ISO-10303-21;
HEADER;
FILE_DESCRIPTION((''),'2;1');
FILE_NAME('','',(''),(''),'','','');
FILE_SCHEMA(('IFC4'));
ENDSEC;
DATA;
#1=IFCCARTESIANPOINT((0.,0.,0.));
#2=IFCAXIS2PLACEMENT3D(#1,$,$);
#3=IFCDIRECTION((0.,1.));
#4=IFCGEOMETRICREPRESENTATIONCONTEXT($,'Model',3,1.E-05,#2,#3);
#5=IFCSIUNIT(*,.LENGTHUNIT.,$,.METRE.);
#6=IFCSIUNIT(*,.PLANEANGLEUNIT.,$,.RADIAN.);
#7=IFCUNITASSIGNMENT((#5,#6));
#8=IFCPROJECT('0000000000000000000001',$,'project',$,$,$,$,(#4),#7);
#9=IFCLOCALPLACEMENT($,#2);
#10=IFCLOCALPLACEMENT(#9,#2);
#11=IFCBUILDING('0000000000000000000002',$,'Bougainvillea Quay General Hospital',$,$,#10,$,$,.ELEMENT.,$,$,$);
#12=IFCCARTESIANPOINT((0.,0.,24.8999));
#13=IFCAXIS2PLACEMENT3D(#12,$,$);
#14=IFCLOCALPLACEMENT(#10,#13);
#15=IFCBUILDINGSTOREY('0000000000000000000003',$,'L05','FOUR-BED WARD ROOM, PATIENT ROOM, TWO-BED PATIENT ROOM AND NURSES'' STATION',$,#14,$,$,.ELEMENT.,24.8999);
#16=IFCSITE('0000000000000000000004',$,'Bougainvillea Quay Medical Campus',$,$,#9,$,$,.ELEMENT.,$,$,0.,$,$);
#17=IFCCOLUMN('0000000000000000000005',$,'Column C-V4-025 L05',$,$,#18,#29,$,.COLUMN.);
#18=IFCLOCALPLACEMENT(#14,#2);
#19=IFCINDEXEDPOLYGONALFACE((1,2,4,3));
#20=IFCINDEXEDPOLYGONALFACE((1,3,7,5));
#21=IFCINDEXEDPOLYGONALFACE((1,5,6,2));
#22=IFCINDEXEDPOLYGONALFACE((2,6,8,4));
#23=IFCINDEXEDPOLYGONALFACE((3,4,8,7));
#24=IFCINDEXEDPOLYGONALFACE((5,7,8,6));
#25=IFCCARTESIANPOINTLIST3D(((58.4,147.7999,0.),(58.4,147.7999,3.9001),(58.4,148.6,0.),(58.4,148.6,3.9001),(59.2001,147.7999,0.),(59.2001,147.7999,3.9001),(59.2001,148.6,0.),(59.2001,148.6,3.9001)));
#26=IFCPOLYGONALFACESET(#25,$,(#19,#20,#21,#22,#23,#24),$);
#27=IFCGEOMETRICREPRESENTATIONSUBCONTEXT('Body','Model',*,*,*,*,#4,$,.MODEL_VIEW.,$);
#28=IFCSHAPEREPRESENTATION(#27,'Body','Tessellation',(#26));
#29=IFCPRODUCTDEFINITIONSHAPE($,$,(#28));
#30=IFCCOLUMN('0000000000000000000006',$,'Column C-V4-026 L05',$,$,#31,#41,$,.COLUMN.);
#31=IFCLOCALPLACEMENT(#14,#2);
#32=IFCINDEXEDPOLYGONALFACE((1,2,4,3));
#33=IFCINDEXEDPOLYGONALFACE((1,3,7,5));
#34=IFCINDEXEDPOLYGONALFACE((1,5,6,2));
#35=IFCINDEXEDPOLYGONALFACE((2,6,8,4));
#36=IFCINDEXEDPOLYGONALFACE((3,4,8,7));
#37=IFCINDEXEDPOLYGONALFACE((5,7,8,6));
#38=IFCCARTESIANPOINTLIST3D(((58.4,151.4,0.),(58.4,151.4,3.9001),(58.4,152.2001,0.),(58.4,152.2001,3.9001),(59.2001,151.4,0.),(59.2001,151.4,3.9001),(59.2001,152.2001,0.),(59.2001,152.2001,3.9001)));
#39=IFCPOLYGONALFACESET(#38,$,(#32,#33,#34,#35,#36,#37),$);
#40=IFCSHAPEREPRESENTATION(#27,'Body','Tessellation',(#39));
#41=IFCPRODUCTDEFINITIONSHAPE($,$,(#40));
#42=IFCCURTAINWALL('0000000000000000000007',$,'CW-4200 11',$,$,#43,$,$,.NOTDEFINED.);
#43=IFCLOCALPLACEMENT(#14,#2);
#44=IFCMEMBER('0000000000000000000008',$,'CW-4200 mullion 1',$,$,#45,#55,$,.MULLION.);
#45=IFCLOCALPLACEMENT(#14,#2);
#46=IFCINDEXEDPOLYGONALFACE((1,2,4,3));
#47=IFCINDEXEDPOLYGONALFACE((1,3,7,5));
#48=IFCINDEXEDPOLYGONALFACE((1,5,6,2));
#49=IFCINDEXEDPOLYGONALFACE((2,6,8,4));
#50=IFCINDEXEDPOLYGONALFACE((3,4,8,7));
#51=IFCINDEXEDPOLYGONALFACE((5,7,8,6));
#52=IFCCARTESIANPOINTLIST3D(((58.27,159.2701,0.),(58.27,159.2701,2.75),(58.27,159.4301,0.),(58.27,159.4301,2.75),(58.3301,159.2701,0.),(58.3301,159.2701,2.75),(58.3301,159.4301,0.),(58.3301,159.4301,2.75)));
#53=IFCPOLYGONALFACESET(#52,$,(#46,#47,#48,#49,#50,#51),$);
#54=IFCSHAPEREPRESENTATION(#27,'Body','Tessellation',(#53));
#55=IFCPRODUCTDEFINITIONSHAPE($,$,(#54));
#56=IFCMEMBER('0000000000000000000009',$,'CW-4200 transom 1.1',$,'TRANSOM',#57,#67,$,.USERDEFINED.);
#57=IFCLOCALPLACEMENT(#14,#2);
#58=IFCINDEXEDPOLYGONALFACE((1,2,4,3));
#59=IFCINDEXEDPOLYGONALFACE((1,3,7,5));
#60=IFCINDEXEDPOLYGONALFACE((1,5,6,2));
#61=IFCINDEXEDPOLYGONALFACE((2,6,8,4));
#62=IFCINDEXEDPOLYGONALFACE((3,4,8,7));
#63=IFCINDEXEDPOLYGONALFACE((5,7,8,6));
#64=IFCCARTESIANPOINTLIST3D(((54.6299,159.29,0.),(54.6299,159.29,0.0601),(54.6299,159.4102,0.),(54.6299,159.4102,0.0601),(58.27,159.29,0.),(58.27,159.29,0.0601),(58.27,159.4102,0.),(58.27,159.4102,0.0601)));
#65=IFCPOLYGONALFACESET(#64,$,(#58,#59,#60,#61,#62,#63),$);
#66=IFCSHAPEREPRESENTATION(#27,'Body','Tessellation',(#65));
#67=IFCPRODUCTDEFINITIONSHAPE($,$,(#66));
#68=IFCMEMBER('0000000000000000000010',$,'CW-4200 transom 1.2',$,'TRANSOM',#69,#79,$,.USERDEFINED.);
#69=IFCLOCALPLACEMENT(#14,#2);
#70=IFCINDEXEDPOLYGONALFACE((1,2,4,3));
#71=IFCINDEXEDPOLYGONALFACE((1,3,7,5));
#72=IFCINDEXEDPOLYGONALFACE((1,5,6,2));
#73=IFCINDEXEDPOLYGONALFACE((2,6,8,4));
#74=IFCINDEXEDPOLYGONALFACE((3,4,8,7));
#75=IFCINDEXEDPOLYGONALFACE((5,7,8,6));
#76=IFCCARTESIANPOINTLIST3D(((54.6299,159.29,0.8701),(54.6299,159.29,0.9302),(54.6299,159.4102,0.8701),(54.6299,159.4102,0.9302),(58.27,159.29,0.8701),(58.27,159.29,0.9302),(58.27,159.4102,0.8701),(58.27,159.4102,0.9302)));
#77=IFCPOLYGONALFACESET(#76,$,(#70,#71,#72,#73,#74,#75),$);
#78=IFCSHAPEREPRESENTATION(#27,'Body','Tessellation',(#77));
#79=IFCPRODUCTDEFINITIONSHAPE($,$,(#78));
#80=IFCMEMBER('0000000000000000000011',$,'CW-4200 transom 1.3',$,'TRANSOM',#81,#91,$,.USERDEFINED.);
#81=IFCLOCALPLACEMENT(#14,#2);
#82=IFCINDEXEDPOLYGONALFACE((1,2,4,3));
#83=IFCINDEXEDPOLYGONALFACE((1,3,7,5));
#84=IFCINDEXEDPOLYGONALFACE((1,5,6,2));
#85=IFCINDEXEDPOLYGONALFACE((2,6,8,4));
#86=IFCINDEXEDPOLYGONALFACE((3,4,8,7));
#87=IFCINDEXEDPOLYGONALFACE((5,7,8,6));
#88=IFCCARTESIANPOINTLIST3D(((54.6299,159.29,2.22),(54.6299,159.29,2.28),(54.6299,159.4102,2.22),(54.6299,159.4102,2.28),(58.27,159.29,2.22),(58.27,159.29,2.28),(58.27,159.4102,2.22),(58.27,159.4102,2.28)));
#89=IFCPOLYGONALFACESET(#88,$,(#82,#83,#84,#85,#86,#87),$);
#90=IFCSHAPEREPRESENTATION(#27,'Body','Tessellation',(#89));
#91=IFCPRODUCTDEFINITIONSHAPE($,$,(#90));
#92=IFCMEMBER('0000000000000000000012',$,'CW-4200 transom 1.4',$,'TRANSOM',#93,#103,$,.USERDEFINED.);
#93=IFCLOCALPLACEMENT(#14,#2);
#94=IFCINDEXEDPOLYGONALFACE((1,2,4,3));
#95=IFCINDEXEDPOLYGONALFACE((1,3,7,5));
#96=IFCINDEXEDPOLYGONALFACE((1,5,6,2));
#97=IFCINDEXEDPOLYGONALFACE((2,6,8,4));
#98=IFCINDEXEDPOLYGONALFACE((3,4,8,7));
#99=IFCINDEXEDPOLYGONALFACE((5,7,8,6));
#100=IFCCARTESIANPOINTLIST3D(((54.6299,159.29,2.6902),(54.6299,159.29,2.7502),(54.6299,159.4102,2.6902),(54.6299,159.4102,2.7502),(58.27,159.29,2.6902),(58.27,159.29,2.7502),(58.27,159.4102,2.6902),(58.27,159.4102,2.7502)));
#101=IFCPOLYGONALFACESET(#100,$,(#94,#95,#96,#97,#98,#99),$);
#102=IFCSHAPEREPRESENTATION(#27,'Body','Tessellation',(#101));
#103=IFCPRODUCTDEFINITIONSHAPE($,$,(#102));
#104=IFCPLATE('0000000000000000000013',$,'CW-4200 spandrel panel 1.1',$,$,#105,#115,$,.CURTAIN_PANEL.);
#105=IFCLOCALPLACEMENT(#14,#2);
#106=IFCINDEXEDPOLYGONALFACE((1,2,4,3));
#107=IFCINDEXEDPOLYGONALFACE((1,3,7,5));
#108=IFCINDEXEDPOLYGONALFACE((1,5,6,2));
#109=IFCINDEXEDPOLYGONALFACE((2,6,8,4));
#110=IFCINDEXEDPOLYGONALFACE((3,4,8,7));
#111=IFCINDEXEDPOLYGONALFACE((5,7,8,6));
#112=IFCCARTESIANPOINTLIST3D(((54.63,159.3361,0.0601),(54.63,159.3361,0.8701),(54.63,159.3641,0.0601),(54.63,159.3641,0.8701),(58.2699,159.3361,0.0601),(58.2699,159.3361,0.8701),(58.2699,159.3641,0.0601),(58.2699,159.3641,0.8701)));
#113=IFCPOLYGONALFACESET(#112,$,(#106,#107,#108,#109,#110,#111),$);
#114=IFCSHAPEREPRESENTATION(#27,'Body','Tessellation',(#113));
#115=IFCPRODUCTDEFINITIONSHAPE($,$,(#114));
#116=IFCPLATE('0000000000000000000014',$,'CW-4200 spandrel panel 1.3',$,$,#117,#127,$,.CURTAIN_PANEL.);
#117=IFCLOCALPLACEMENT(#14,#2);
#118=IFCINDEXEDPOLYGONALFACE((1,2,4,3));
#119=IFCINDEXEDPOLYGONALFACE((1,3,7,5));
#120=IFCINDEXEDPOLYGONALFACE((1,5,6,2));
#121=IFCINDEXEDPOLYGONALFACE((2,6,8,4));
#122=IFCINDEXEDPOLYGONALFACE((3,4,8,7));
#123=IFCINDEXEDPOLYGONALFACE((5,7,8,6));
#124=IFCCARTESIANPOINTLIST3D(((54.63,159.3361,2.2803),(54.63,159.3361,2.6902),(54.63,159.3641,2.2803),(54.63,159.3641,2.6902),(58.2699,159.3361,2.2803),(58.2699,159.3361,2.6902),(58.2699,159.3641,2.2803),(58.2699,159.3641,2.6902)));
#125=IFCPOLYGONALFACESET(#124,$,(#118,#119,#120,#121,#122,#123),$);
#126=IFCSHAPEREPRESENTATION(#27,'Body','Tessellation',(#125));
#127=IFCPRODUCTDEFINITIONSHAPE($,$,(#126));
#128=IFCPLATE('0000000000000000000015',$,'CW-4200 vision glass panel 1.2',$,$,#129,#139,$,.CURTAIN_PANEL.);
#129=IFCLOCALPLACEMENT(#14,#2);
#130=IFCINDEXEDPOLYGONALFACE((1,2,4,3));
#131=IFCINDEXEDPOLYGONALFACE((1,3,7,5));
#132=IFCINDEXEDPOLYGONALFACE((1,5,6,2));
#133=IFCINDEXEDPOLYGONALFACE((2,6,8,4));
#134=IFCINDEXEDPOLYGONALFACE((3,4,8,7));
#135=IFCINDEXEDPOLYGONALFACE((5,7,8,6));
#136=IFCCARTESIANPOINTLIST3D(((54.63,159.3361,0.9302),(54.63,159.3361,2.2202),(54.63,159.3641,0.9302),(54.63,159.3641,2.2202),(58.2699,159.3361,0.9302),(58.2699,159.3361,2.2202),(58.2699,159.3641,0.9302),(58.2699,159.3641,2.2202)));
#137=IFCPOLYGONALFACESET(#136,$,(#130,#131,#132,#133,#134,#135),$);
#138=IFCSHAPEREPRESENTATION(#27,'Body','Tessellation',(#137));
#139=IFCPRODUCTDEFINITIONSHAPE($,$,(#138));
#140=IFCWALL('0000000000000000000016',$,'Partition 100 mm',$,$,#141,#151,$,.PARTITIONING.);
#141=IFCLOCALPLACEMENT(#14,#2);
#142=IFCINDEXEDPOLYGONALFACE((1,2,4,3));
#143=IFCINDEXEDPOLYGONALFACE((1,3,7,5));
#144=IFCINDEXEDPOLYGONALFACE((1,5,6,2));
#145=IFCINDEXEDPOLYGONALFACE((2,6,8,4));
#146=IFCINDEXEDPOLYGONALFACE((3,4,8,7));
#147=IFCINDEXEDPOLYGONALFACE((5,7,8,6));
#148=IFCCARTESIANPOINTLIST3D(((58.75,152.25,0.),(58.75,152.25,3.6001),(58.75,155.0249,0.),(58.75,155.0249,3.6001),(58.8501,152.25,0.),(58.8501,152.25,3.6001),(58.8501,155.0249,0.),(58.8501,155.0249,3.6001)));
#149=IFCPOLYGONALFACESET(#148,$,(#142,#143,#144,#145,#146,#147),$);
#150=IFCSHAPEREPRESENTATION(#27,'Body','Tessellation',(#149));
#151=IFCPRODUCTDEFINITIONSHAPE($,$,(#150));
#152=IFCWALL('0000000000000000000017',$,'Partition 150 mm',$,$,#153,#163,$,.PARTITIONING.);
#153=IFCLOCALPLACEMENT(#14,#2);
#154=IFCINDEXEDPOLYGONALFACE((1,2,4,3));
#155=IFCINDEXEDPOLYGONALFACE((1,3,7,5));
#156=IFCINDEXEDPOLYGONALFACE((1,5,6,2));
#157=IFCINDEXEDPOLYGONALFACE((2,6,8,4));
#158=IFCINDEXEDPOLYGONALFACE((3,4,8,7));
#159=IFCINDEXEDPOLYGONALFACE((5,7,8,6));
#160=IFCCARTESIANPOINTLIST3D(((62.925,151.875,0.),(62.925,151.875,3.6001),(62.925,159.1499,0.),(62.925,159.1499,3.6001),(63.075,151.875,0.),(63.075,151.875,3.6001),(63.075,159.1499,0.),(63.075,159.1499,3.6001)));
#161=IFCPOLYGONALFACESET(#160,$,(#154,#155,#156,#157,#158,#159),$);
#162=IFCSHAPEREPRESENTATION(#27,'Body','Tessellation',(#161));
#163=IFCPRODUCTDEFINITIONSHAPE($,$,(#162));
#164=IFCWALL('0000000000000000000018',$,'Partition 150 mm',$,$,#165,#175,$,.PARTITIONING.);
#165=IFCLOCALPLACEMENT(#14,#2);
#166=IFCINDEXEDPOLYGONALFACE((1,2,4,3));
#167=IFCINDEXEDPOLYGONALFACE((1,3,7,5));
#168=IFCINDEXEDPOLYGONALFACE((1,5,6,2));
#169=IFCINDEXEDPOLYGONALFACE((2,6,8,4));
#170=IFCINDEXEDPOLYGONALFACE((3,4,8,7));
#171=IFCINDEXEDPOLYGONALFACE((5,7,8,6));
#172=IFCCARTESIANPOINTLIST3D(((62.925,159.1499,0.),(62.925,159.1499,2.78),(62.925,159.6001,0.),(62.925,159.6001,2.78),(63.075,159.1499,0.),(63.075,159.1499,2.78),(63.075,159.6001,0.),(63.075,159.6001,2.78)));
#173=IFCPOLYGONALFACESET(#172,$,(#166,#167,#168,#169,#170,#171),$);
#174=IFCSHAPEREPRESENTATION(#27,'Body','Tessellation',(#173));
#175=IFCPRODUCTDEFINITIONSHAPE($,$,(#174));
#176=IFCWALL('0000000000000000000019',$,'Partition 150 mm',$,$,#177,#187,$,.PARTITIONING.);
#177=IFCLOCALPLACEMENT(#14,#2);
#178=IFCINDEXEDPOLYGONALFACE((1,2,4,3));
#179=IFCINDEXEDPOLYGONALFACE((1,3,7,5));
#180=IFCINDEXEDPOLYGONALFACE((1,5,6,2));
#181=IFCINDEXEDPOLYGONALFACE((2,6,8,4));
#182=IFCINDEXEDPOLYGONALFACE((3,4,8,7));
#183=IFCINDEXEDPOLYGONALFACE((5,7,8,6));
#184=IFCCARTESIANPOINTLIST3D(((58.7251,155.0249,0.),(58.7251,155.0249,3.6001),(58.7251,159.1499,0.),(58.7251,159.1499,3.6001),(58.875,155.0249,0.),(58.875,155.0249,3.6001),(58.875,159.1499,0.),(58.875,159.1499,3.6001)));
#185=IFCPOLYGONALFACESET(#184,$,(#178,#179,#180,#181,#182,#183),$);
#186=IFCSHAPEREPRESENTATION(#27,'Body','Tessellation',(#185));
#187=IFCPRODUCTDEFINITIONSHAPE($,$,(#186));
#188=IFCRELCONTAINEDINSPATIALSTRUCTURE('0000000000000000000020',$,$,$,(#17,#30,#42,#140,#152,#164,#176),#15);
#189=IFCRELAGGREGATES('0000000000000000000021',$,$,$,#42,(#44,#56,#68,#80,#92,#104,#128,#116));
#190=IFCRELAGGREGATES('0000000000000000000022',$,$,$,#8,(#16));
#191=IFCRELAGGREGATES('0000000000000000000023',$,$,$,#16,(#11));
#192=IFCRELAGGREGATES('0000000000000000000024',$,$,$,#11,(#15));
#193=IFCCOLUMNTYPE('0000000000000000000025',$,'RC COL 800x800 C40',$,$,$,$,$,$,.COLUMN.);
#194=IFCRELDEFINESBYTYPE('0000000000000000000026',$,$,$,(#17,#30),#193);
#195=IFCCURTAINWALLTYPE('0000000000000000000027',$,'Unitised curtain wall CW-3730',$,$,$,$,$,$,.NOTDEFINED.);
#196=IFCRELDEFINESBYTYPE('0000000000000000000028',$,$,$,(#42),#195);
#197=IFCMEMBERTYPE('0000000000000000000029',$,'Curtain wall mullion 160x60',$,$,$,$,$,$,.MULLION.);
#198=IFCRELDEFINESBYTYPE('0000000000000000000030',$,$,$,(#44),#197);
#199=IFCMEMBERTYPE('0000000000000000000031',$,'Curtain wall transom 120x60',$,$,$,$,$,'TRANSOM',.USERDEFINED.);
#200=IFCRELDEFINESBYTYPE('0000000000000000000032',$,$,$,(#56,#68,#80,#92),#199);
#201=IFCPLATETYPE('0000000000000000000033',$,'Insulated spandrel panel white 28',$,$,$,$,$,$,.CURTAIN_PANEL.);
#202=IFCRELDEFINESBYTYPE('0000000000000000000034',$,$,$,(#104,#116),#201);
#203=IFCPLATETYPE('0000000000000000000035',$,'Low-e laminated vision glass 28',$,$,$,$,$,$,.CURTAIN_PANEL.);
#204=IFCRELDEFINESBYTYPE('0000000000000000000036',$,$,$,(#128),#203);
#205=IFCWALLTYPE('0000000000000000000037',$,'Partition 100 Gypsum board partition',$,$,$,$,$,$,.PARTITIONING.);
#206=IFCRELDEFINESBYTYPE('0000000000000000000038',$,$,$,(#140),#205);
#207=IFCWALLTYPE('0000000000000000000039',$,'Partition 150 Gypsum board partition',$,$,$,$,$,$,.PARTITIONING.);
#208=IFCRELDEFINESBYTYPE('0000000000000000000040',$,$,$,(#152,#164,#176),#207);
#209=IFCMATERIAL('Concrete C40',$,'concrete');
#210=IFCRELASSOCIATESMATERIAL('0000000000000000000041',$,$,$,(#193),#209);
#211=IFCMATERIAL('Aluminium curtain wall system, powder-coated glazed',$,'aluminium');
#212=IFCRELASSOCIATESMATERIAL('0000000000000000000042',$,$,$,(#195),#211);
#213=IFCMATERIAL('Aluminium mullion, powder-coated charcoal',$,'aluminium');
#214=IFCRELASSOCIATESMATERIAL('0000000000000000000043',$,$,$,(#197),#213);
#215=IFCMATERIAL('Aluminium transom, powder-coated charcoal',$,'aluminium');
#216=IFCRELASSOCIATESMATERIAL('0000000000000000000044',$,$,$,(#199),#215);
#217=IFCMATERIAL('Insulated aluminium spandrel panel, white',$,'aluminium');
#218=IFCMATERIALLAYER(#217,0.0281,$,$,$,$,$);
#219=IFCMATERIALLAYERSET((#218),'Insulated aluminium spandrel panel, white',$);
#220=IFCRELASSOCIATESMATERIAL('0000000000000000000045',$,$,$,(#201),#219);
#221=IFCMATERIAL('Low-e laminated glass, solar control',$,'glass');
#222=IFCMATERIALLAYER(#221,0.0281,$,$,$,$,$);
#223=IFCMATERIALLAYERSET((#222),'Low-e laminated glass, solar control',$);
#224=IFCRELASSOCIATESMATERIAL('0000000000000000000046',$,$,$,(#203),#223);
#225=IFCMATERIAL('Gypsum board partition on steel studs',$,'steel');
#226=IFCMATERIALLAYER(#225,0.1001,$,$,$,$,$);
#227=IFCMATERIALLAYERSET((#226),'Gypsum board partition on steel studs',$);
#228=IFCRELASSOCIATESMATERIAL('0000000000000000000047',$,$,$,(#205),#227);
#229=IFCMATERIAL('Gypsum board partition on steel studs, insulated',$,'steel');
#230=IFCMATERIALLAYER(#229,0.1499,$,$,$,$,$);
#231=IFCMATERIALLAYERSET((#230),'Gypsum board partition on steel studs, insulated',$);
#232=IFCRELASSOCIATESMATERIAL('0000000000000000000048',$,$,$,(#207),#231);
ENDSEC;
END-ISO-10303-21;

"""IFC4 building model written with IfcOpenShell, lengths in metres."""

from ifc_helpers import new_model, si_unit, direction, frame, frame_2d, origin, origin_2d, place, context, subcontext, project, spatial, rectangle, extrude, material, layer, layer_set, material_profile, profile_set, type_object, element, aggregate, save


model = new_model("IFC4")

# Units and contexts
model_context = context("Model", 3, precision=1e-05, world=origin(), true_north=direction((0.0, 1.0)))
body_context = subcontext(model_context, "Body", "Model", "MODEL_VIEW")
ifc_project = project(units=[si_unit("LENGTHUNIT", "METRE"), si_unit("PLANEANGLEUNIT", "RADIAN")], contexts=[model_context])

# Site, building, storey
site_placement = place(None, origin())
site = spatial("IfcSite", under=ifc_project, at=site_placement, Name="Bougainvillea Quay Medical Campus", CompositionType="ELEMENT", RefElevation=0.0)
building_placement = place(site_placement, origin())
building = spatial("IfcBuilding", under=site, at=building_placement, Name="Bougainvillea Quay General Hospital", CompositionType="ELEMENT")
storey_placement = place(building_placement, frame((0.0, 0.0, 24.8999)))
storey = spatial("IfcBuildingStorey", under=building, at=storey_placement, Name="L05", Description="FOUR-BED WARD ROOM, PATIENT ROOM, TWO-BED PATIENT ROOM AND NURSES' STATION", CompositionType="ELEMENT", Elevation=24.8999)

# Columns
ifc_material_1 = material(Name="Concrete C40", Category="concrete")
ifc_material_profile_1 = material_profile(ifc_material_1, rectangle(XDim=0.8, YDim=0.8, at=origin_2d()))
ifc_profile_set_1 = profile_set([ifc_material_profile_1], Name="Concrete C40")
column_type = type_object("IfcColumnType", Name="RC COL 800x800 C40", PredefinedType="COLUMN", material=ifc_profile_set_1)
for number, where, z_axis, x_axis, name in (
    (1, (58.8, 148.2, 0.0), (0.0, 0.0, 1.0), (1.0, 0.0, 0.0), "Column C-V4-025 L05"),
    (2, (58.8, 151.8, 0.0), (0.0, 0.0, 1.0), (1.0, 0.0, 0.0), "Column C-V4-026 L05"),
):
    element("IfcColumn", number, at=place(storey_placement, frame(where, z_axis=z_axis, x_axis=x_axis)), inside=storey, type_object=column_type, Name=name, PredefinedType="COLUMN", context=body_context, shape_type="SweptSolid", body=[
        extrude(rectangle(XDim=0.8, YDim=0.8, at=origin_2d()), origin(), (0.0, 0.0, 1.0), 3.9001),
    ])

# Curtain wall, members, plates
ifc_material_2 = material(Name="Aluminium curtain wall system, powder-coated glazed", Category="aluminium")
curtain_wall_type = type_object("IfcCurtainWallType", Name="Unitised curtain wall CW-3730", PredefinedType="NOTDEFINED", material=ifc_material_2)
curtain_wall_placement = place(storey_placement, origin())
curtain_wall = element("IfcCurtainWall", 3, at=curtain_wall_placement, inside=storey, type_object=curtain_wall_type, Name="CW-4200 11", PredefinedType="NOTDEFINED")
ifc_material_3 = material(Name="Aluminium mullion, powder-coated charcoal", Category="aluminium")
ifc_material_profile_2 = material_profile(ifc_material_3, rectangle(XDim=0.1599, YDim=0.0601, at=origin_2d()))
ifc_profile_set_2 = profile_set([ifc_material_profile_2], Name="Aluminium mullion, powder-coated charcoal")
member_type_1 = type_object("IfcMemberType", Name="Curtain wall mullion 160x60", PredefinedType="MULLION", material=ifc_profile_set_2)
member_1_placement = place(storey_placement, frame((58.3, 159.3501, 0.0), z_axis=(0.0, 0.0, 1.0), x_axis=(0.0, -1.0, 0.0)))
member_1 = element("IfcMember", 4, at=member_1_placement, type_object=member_type_1, Name="CW-4200 mullion 1", PredefinedType="MULLION", context=body_context, shape_type="SweptSolid", body=[
    extrude(rectangle(XDim=0.1599, YDim=0.0601, at=origin_2d()), origin(), (0.0, 0.0, 1.0), 2.75),
])
ifc_material_4 = material(Name="Aluminium transom, powder-coated charcoal", Category="aluminium")
ifc_material_profile_3 = material_profile(ifc_material_4, rectangle(XDim=0.1201, YDim=0.0601, at=origin_2d()))
ifc_profile_set_3 = profile_set([ifc_material_profile_3], Name="Aluminium transom, powder-coated charcoal")
member_type_2 = type_object("IfcMemberType", Name="Curtain wall transom 120x60", ElementType="TRANSOM", PredefinedType="USERDEFINED", material=ifc_profile_set_3)
member_2_placement = place(storey_placement, frame((58.27, 159.3501, 0.03), z_axis=(-1.0, 0.0, 0.0), x_axis=(0.0, -1.0, 0.0)))
member_2 = element("IfcMember", 5, at=member_2_placement, type_object=member_type_2, Name="CW-4200 transom 1.1", ObjectType="TRANSOM", PredefinedType="USERDEFINED", context=body_context, shape_type="SweptSolid", body=[
    extrude(rectangle(XDim=0.1201, YDim=0.0601, at=origin_2d()), origin(), (0.0, 0.0, 1.0), 3.6401),
])
member_3_placement = place(storey_placement, frame((58.27, 159.3501, 0.9001), z_axis=(-1.0, 0.0, 0.0), x_axis=(0.0, -1.0, 0.0)))
member_3 = element("IfcMember", 6, at=member_3_placement, type_object=member_type_2, Name="CW-4200 transom 1.2", ObjectType="TRANSOM", PredefinedType="USERDEFINED", context=body_context, shape_type="SweptSolid", body=[
    extrude(rectangle(XDim=0.1201, YDim=0.0601, at=origin_2d()), origin(), (0.0, 0.0, 1.0), 3.6401),
])
member_4_placement = place(storey_placement, frame((58.27, 159.3501, 2.25), z_axis=(-1.0, 0.0, 0.0), x_axis=(0.0, -1.0, 0.0)))
member_4 = element("IfcMember", 7, at=member_4_placement, type_object=member_type_2, Name="CW-4200 transom 1.3", ObjectType="TRANSOM", PredefinedType="USERDEFINED", context=body_context, shape_type="SweptSolid", body=[
    extrude(rectangle(XDim=0.1201, YDim=0.0601, at=origin_2d()), origin(), (0.0, 0.0, 1.0), 3.6401),
])
member_5_placement = place(storey_placement, frame((58.27, 159.3501, 2.7202), z_axis=(-1.0, 0.0, 0.0), x_axis=(0.0, -1.0, 0.0)))
member_5 = element("IfcMember", 8, at=member_5_placement, type_object=member_type_2, Name="CW-4200 transom 1.4", ObjectType="TRANSOM", PredefinedType="USERDEFINED", context=body_context, shape_type="SweptSolid", body=[
    extrude(rectangle(XDim=0.1201, YDim=0.0601, at=origin_2d()), origin(), (0.0, 0.0, 1.0), 3.6401),
])
ifc_material_5 = material(Name="Insulated aluminium spandrel panel, white", Category="aluminium")
ifc_layer_1 = layer(ifc_material_5, 0.0281)
ifc_layer_set_1 = layer_set([ifc_layer_1], Name="Insulated aluminium spandrel panel, white")
plate_type_1 = type_object("IfcPlateType", Name="Insulated spandrel panel white 28", PredefinedType="CURTAIN_PANEL", material=ifc_layer_set_1)
plate_1_placement = place(storey_placement, frame((56.45, 159.3501, 0.0601), z_axis=(0.0, 0.0, 1.0), x_axis=(-1.0, 0.0, 0.0)))
plate_1 = element("IfcPlate", 9, at=plate_1_placement, type_object=plate_type_1, Name="CW-4200 spandrel panel 1.1", PredefinedType="CURTAIN_PANEL", context=body_context, shape_type="SweptSolid", body=[
    extrude(rectangle(XDim=3.6399, YDim=0.0281, at=origin_2d()), origin(), (0.0, 0.0, 1.0), 0.8101),
])
plate_2_placement = place(storey_placement, frame((56.45, 159.3501, 2.2803), z_axis=(0.0, 0.0, 1.0), x_axis=(-1.0, 0.0, 0.0)))
plate_2 = element("IfcPlate", 10, at=plate_2_placement, type_object=plate_type_1, Name="CW-4200 spandrel panel 1.3", PredefinedType="CURTAIN_PANEL", context=body_context, shape_type="SweptSolid", body=[
    extrude(rectangle(XDim=3.6399, YDim=0.0281, at=origin_2d()), origin(), (0.0, 0.0, 1.0), 0.4099),
])
ifc_material_6 = material(Name="Low-e laminated glass, solar control", Category="glass")
ifc_layer_2 = layer(ifc_material_6, 0.0281)
ifc_layer_set_2 = layer_set([ifc_layer_2], Name="Low-e laminated glass, solar control")
plate_type_2 = type_object("IfcPlateType", Name="Low-e laminated vision glass 28", PredefinedType="CURTAIN_PANEL", material=ifc_layer_set_2)
plate_3_placement = place(storey_placement, frame((56.45, 159.3501, 0.9302), z_axis=(0.0, 0.0, 1.0), x_axis=(-1.0, 0.0, 0.0)))
plate_3 = element("IfcPlate", 11, at=plate_3_placement, type_object=plate_type_2, Name="CW-4200 vision glass panel 1.2", PredefinedType="CURTAIN_PANEL", context=body_context, shape_type="SweptSolid", body=[
    extrude(rectangle(XDim=3.6399, YDim=0.0281, at=origin_2d()), origin(), (0.0, 0.0, 1.0), 1.29),
])
aggregate(curtain_wall, [member_1, member_2, member_3, member_4, member_5, plate_1, plate_3, plate_2])

# Walls
ifc_material_7 = material(Name="Gypsum board partition on steel studs", Category="steel")
ifc_layer_3 = layer(ifc_material_7, 0.1001)
ifc_layer_set_3 = layer_set([ifc_layer_3], Name="Gypsum board partition on steel studs")
wall_type_1 = type_object("IfcWallType", Name="Partition 100 Gypsum board partition", PredefinedType="PARTITIONING", material=ifc_layer_set_3)
wall_1_placement = place(storey_placement, frame((58.8, 152.25, 0.0), z_axis=(0.0, 0.0, 1.0), x_axis=(0.0, 1.0, 0.0)))
element("IfcWall", 12, at=wall_1_placement, inside=storey, type_object=wall_type_1, Name="Partition 100 mm", PredefinedType="PARTITIONING", context=body_context, shape_type="SweptSolid", body=[
    extrude(rectangle(XDim=2.7749, YDim=0.1001, at=frame_2d((1.3875, 0.0))), origin(), (0.0, 0.0, 1.0), 3.6001),
])
ifc_material_8 = material(Name="Gypsum board partition on steel studs, insulated", Category="steel")
ifc_layer_4 = layer(ifc_material_8, 0.1499)
ifc_layer_set_4 = layer_set([ifc_layer_4], Name="Gypsum board partition on steel studs, insulated")
wall_type_2 = type_object("IfcWallType", Name="Partition 150 Gypsum board partition", PredefinedType="PARTITIONING", material=ifc_layer_set_4)
wall_2_placement = place(storey_placement, frame((63.0, 151.875, 0.0), z_axis=(0.0, 0.0, 1.0), x_axis=(0.0, 1.0, 0.0)))
element("IfcWall", 13, at=wall_2_placement, inside=storey, type_object=wall_type_2, Name="Partition 150 mm", PredefinedType="PARTITIONING", context=body_context, shape_type="SweptSolid", body=[
    extrude(rectangle(XDim=7.2749, YDim=0.1499, at=frame_2d((3.6375, 0.0))), origin(), (0.0, 0.0, 1.0), 3.6001),
])
wall_3_placement = place(storey_placement, frame((63.0, 159.1499, 0.0), z_axis=(0.0, 0.0, 1.0), x_axis=(0.0, 1.0, 0.0)))
element("IfcWall", 14, at=wall_3_placement, inside=storey, type_object=wall_type_2, Name="Partition 150 mm", PredefinedType="PARTITIONING", context=body_context, shape_type="SweptSolid", body=[
    extrude(rectangle(XDim=0.4502, YDim=0.1499, at=frame_2d((0.2251, 0.0))), origin(), (0.0, 0.0, 1.0), 2.78),
])
wall_4_placement = place(storey_placement, frame((58.8, 155.0249, 0.0), z_axis=(0.0, 0.0, 1.0), x_axis=(0.0, 1.0, 0.0)))
element("IfcWall", 15, at=wall_4_placement, inside=storey, type_object=wall_type_2, Name="Partition 150 mm", PredefinedType="PARTITIONING", context=body_context, shape_type="SweptSolid", body=[
    extrude(rectangle(XDim=4.125, YDim=0.1499, at=frame_2d((2.0625, 0.0))), origin(), (0.0, 0.0, 1.0), 3.6001),
])

save(model, "model.ifc")
